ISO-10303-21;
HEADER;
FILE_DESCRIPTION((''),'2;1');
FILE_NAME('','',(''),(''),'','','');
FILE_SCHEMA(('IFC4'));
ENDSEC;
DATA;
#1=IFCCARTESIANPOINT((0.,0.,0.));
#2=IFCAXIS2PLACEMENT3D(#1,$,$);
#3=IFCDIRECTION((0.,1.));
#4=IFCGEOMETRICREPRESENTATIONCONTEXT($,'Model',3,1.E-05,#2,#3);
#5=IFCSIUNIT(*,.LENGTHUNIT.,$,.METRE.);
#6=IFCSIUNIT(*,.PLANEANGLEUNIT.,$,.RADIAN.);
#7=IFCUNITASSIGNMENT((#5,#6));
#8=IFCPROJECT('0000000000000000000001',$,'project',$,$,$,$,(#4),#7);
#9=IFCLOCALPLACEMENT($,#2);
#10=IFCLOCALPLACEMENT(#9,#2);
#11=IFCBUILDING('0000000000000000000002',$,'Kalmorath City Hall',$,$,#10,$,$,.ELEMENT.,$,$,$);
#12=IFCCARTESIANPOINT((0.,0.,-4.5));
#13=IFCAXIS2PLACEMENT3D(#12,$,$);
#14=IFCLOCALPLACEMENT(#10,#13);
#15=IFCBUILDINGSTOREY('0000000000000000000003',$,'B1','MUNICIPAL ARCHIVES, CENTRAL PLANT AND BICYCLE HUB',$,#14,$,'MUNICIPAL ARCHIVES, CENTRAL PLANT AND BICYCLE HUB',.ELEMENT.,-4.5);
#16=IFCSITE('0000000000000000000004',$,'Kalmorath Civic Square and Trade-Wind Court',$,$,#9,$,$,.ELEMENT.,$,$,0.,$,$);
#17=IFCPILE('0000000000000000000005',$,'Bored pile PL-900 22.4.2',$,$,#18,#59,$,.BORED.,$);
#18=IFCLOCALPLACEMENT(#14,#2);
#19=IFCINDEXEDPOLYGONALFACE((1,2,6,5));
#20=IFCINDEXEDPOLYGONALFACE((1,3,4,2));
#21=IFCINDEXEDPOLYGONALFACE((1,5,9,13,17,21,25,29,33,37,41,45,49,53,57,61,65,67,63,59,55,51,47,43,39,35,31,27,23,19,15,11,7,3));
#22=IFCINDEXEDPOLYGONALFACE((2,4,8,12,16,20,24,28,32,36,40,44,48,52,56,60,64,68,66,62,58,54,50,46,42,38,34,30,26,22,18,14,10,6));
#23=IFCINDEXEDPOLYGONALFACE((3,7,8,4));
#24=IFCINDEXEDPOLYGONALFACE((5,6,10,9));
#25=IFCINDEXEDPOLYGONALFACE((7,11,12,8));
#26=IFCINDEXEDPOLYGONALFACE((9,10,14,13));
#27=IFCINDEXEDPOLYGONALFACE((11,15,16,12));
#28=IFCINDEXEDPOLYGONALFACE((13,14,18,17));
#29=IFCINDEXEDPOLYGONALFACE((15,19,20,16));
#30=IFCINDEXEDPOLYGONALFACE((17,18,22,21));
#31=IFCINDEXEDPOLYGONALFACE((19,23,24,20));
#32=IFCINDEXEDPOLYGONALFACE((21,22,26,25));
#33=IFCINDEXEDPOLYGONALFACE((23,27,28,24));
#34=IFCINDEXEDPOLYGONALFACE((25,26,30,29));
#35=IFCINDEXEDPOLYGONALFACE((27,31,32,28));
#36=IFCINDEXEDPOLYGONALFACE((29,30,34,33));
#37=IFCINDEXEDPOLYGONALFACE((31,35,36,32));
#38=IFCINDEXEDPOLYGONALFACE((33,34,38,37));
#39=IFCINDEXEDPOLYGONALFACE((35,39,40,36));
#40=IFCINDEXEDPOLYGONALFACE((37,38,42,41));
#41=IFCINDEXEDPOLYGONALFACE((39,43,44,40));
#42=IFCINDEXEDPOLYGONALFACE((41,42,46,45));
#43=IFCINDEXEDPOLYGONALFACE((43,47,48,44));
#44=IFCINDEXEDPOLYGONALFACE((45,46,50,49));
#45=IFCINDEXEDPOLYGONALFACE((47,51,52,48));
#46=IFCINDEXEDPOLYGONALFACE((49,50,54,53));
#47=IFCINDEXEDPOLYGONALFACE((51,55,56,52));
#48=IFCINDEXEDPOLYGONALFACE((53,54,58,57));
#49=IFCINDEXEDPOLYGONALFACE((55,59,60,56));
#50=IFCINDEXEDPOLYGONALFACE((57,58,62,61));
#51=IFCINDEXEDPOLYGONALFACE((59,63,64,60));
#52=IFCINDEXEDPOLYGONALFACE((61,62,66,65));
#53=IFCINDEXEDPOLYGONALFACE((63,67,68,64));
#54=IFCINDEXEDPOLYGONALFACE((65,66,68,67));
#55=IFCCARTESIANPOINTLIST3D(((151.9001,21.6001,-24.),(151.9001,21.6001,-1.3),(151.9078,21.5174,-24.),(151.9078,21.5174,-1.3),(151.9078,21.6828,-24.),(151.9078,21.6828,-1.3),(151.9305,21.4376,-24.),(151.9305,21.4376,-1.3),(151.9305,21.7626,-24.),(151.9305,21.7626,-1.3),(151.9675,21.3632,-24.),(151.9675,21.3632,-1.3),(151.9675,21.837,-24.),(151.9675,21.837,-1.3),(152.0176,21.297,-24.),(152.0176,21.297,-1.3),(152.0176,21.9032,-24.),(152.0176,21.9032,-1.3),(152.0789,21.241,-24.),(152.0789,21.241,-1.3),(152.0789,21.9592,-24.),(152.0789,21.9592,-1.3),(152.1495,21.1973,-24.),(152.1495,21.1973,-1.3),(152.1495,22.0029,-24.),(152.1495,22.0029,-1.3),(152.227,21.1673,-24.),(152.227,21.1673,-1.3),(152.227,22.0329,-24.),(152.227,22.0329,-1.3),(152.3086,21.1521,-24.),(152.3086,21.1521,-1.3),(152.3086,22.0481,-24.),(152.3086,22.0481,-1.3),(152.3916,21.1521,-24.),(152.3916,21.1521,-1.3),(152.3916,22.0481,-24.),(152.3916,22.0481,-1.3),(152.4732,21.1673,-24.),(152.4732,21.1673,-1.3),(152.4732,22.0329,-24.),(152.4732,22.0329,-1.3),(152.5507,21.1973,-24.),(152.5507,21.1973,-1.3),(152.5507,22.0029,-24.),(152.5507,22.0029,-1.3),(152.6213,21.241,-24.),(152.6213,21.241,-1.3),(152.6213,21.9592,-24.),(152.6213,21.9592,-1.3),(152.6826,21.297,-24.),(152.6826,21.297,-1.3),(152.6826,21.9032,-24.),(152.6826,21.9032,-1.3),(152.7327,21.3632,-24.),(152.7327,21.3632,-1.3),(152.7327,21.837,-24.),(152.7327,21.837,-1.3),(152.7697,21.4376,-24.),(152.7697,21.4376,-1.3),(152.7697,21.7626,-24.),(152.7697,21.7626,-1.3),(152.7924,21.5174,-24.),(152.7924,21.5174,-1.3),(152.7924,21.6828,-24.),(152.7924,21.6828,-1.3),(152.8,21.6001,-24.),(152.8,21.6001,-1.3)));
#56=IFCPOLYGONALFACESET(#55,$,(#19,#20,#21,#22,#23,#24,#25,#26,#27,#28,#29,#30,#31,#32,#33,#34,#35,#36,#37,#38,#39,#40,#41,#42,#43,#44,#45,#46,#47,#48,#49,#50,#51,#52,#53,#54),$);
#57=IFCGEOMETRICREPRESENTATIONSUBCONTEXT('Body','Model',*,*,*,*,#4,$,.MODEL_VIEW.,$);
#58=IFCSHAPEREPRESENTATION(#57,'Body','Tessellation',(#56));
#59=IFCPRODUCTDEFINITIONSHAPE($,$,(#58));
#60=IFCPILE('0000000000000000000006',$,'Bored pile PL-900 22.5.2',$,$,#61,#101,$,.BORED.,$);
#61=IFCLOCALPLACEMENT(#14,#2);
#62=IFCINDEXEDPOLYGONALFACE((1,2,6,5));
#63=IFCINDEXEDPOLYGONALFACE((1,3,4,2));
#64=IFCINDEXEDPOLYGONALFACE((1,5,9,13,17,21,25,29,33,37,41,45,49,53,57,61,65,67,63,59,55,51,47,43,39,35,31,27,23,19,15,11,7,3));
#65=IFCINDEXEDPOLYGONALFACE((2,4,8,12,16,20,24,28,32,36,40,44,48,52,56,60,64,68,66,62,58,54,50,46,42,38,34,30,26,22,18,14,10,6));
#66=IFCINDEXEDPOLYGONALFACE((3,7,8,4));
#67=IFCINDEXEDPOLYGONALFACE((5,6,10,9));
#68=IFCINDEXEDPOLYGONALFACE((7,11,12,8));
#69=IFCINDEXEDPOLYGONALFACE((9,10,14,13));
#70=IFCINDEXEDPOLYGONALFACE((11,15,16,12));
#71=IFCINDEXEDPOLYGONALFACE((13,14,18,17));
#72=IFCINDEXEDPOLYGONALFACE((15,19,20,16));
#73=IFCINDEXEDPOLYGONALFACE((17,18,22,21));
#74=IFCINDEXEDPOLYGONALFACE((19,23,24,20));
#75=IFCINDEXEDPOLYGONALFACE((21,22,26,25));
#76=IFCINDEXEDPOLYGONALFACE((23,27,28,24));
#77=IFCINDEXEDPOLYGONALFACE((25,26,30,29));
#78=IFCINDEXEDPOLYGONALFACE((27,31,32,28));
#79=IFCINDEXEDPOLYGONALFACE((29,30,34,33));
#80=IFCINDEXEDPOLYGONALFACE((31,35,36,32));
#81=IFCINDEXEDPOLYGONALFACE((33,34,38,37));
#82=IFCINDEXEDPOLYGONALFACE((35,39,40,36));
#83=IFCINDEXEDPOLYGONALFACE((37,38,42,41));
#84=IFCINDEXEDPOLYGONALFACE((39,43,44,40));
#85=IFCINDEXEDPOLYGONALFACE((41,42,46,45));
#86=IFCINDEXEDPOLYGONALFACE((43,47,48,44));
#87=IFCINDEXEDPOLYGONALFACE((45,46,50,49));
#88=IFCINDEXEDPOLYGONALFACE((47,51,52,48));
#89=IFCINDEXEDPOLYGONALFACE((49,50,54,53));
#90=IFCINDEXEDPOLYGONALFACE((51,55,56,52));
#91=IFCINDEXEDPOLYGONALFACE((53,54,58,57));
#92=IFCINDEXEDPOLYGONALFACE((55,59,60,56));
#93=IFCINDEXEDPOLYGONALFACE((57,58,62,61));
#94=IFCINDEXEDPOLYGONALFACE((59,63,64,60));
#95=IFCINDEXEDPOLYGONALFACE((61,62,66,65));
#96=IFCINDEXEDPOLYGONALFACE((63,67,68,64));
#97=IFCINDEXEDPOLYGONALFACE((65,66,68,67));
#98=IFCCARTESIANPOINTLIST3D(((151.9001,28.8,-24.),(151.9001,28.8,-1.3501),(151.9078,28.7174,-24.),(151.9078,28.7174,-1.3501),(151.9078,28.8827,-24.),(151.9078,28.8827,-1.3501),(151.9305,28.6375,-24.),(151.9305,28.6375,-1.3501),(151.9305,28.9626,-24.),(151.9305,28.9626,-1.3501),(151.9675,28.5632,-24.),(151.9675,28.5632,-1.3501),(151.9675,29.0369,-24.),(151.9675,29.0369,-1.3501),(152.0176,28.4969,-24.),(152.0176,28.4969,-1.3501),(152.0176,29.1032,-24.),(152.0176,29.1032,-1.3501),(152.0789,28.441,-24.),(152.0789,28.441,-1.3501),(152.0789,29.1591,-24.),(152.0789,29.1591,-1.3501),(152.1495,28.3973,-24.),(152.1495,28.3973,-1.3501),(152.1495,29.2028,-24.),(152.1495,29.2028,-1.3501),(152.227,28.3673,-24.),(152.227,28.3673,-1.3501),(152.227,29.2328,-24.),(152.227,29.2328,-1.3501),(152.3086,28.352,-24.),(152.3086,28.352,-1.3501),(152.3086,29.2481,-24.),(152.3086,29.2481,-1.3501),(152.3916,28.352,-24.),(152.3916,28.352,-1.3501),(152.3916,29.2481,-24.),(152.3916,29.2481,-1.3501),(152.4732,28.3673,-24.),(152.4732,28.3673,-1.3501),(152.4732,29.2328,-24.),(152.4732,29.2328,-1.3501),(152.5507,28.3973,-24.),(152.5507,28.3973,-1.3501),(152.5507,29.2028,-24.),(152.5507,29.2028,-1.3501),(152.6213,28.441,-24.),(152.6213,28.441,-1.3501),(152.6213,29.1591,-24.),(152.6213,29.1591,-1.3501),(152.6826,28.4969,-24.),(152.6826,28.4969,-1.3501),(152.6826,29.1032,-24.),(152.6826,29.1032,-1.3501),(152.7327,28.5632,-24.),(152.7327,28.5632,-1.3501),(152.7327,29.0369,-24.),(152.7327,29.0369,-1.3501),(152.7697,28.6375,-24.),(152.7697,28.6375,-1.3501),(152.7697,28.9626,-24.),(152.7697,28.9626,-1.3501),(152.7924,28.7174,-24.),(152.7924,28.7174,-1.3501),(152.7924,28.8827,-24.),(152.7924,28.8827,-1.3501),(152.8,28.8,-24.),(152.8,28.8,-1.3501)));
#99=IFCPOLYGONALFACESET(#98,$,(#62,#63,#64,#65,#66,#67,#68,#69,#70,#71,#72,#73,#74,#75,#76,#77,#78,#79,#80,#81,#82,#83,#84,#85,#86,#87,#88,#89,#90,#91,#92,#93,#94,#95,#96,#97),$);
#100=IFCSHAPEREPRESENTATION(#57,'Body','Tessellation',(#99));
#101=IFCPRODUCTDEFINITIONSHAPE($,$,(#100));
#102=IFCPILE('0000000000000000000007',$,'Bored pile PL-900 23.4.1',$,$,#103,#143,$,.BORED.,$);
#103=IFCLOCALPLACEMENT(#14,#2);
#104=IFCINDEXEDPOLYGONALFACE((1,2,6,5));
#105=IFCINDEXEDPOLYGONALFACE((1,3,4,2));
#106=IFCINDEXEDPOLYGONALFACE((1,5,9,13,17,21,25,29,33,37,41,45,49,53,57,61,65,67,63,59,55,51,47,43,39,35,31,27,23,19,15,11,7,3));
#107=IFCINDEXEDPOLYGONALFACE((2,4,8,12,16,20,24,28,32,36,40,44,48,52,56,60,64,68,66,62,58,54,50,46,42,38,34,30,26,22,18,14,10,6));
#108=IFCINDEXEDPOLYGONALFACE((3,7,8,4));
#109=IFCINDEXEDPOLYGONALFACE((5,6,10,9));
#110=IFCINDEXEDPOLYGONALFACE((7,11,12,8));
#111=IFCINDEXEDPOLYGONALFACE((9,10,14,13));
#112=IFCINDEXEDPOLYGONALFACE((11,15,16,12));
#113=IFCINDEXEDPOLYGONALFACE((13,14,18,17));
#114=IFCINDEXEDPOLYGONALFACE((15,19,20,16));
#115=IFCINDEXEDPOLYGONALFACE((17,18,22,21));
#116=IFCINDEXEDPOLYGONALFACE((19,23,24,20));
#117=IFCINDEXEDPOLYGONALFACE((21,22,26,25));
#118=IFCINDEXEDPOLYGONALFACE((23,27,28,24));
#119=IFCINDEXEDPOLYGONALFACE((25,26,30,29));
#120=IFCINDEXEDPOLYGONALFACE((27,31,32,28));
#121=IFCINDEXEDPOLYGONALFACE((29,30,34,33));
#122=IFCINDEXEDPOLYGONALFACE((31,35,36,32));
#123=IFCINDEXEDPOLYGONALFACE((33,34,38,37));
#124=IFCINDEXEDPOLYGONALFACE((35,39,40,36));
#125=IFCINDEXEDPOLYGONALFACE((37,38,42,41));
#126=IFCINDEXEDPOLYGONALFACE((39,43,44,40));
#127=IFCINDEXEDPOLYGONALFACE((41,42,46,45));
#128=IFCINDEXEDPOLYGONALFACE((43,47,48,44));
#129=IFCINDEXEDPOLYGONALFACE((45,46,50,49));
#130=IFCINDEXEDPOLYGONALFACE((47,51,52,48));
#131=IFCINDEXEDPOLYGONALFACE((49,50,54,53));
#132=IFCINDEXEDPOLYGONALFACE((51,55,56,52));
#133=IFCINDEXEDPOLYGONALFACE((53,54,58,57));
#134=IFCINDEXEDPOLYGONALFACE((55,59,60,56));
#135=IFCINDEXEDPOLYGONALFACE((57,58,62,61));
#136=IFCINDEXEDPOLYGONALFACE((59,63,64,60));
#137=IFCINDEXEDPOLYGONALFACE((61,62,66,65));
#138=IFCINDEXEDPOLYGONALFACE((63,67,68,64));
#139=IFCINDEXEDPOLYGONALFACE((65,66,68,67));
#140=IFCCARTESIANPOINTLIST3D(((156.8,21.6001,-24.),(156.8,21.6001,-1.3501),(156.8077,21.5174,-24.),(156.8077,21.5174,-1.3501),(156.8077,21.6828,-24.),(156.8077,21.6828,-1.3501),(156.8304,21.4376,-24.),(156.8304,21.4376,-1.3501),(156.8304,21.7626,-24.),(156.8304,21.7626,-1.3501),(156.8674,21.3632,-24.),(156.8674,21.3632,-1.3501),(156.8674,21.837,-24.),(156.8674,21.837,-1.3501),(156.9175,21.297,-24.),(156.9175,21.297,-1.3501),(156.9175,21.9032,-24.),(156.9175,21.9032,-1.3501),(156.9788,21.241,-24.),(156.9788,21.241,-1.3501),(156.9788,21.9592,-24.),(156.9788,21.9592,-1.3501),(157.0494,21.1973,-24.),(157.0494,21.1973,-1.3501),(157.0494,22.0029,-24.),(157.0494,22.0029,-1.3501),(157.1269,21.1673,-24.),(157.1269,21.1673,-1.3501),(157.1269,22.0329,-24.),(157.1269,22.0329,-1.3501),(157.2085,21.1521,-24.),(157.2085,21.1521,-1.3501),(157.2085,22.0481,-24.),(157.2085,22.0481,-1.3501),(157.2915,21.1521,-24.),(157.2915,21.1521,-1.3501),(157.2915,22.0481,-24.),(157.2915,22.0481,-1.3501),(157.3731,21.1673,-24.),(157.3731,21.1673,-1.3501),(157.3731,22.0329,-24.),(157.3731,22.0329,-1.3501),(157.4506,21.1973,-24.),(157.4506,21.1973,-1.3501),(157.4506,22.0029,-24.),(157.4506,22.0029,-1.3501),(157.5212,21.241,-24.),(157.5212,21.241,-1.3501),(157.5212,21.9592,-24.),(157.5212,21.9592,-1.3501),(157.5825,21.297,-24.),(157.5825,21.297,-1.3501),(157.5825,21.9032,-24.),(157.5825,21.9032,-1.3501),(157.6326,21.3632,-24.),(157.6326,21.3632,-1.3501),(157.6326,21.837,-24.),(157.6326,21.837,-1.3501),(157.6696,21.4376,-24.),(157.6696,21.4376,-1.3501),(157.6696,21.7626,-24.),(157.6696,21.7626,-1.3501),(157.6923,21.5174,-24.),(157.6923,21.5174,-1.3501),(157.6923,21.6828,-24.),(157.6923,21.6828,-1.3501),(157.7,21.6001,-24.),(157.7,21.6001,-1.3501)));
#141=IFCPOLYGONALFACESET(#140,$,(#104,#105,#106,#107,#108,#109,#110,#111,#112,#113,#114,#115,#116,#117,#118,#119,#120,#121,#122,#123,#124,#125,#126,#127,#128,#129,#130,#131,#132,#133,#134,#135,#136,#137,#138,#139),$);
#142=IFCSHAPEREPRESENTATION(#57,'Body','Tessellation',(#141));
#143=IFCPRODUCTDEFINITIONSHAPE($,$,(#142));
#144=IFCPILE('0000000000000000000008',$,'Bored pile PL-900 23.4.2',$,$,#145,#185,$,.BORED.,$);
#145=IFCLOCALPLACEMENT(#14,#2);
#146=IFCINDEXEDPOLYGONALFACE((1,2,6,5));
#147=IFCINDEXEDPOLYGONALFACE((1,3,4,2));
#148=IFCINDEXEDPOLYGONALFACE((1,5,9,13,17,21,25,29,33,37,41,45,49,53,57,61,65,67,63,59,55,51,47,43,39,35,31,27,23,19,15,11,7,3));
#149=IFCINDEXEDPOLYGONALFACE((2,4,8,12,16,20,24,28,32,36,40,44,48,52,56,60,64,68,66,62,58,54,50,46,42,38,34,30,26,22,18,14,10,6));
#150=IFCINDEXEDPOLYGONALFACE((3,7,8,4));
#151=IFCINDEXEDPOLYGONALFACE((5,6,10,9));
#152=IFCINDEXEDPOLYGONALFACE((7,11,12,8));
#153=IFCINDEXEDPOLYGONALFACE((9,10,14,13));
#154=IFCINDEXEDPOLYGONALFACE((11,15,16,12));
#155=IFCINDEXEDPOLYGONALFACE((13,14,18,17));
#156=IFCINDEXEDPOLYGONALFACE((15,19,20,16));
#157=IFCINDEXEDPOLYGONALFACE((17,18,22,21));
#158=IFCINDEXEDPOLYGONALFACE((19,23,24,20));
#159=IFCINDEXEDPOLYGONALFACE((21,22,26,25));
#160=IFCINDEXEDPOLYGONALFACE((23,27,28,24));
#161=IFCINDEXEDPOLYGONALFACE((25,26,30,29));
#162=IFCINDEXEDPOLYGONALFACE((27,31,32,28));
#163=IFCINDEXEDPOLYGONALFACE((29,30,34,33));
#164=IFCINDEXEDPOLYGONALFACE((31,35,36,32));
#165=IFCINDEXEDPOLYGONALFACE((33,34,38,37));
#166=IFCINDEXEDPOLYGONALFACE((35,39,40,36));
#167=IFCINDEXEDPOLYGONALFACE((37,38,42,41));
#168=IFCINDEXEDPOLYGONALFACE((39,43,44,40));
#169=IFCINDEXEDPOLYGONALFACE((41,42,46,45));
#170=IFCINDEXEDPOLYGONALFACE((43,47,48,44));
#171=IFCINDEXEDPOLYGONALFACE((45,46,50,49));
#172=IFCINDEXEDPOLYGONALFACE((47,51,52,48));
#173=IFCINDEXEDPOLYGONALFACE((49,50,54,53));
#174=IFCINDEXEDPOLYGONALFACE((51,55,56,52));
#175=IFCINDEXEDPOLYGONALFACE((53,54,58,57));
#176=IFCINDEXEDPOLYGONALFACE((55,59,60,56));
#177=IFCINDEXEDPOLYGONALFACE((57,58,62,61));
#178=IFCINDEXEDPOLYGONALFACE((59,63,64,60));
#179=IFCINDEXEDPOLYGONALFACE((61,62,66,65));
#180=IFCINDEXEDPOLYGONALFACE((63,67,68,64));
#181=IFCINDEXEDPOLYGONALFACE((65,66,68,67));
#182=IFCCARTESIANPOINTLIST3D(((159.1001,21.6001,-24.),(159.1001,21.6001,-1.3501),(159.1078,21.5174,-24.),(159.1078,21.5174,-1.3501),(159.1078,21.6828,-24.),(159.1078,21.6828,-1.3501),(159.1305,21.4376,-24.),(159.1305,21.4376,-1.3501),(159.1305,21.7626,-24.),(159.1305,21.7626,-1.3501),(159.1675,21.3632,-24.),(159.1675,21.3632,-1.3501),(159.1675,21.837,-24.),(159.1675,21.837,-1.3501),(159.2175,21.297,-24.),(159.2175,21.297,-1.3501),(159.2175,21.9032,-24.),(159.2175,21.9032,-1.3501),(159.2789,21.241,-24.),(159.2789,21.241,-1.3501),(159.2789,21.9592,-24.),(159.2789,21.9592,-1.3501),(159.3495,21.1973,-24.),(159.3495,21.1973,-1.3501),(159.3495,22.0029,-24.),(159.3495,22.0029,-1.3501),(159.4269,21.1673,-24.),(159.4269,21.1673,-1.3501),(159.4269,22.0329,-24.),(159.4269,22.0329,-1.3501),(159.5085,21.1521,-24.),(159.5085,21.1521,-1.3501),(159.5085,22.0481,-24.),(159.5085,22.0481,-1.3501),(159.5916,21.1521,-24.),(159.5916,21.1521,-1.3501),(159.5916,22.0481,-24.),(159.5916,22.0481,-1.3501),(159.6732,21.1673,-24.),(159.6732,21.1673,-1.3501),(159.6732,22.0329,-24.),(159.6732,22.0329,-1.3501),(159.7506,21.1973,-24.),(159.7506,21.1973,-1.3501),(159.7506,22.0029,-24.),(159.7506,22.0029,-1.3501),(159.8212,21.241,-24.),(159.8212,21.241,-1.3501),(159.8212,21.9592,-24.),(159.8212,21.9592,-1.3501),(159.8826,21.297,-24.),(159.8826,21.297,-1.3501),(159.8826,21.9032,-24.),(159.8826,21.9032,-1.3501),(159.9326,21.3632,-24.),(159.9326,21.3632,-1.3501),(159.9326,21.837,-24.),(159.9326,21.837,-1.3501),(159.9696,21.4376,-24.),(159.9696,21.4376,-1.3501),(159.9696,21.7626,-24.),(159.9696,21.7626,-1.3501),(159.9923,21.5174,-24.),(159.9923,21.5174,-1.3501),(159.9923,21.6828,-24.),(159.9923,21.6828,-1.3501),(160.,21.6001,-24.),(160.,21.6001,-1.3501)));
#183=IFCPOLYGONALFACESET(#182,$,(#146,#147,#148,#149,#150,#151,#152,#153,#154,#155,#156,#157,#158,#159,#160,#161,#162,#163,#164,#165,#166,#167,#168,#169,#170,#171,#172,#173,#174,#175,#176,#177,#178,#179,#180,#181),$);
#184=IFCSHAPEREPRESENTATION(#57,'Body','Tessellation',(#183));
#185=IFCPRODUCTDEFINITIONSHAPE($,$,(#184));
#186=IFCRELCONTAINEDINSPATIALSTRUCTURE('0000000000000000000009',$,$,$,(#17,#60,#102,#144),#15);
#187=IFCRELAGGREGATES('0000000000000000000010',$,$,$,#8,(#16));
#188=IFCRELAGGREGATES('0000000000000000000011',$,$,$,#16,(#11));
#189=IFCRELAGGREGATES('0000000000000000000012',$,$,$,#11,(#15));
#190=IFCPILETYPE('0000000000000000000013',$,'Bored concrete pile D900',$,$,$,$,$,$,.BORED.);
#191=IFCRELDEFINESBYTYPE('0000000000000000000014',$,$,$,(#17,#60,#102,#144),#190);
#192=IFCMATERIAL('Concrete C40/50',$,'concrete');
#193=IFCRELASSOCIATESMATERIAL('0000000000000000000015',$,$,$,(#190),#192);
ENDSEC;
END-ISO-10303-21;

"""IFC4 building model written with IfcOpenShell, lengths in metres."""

from ifc_helpers import new_model, si_unit, direction, frame, origin, origin_2d, place, context, subcontext, project, spatial, circle, extrude, material, material_profile, profile_set, type_object, element, save


model = new_model("IFC4")

# Units and contexts
model_context = context("Model", 3, precision=1e-05, world=origin(), true_north=direction((0.0, 1.0)))
body_context = subcontext(model_context, "Body", "Model", "MODEL_VIEW")
ifc_project = project(units=[si_unit("LENGTHUNIT", "METRE"), si_unit("PLANEANGLEUNIT", "RADIAN")], contexts=[model_context])

# Site, building, storey
site_placement = place(None, origin())
site = spatial("IfcSite", under=ifc_project, at=site_placement, Name="Kalmorath Civic Square and Trade-Wind Court", CompositionType="ELEMENT", RefElevation=0.0)
building_placement = place(site_placement, origin())
building = spatial("IfcBuilding", under=site, at=building_placement, Name="Kalmorath City Hall", CompositionType="ELEMENT")
storey_placement = place(building_placement, frame((0.0, 0.0, -4.5)))
storey = spatial("IfcBuildingStorey", under=building, at=storey_placement, Name="B1", Description="MUNICIPAL ARCHIVES, CENTRAL PLANT AND BICYCLE HUB", LongName="MUNICIPAL ARCHIVES, CENTRAL PLANT AND BICYCLE HUB", CompositionType="ELEMENT", Elevation=-4.5)

# Piles
ifc_material_1 = material(Name="Concrete C40/50", Category="concrete")
ifc_material_profile_1 = material_profile(ifc_material_1, circle(Radius=0.45, at=origin_2d()), Name="PILE-D900")
ifc_profile_set_1 = profile_set([ifc_material_profile_1], Name="Concrete C40/50")
pile_type = type_object("IfcPileType", Name="Bored concrete pile D900", PredefinedType="BORED", material=ifc_profile_set_1)
pile_placement = place(storey_placement, frame((152.3501, 21.6001, -1.3), z_axis=(0.0, 0.0, -1.0), x_axis=(1.0, 0.0, 0.0)))
element("IfcPile", 1, at=pile_placement, inside=storey, type_object=pile_type, Name="Bored pile PL-900 22.4.2", PredefinedType="BORED", context=body_context, shape_type="SweptSolid", body=[
    extrude(circle(Radius=0.45, at=origin_2d()), origin(), (0.0, 0.0, 1.0), 22.7),
])
for number, where, z_axis, x_axis, name in (
    (2, (152.3501, 28.8, -1.3501), (0.0, 0.0, -1.0), (1.0, 0.0, 0.0), "Bored pile PL-900 22.5.2"),
    (3, (157.25, 21.6001, -1.3501), (0.0, 0.0, -1.0), (1.0, 0.0, 0.0), "Bored pile PL-900 23.4.1"),
    (4, (159.55, 21.6001, -1.3501), (0.0, 0.0, -1.0), (1.0, 0.0, 0.0), "Bored pile PL-900 23.4.2"),
):
    element("IfcPile", number, at=place(storey_placement, frame(where, z_axis=z_axis, x_axis=x_axis)), inside=storey, type_object=pile_type, Name=name, PredefinedType="BORED", context=body_context, shape_type="SweptSolid", body=[
        extrude(circle(Radius=0.45, at=origin_2d()), origin(), (0.0, 0.0, 1.0), 22.6499),
    ])

save(model, "model.ifc")
